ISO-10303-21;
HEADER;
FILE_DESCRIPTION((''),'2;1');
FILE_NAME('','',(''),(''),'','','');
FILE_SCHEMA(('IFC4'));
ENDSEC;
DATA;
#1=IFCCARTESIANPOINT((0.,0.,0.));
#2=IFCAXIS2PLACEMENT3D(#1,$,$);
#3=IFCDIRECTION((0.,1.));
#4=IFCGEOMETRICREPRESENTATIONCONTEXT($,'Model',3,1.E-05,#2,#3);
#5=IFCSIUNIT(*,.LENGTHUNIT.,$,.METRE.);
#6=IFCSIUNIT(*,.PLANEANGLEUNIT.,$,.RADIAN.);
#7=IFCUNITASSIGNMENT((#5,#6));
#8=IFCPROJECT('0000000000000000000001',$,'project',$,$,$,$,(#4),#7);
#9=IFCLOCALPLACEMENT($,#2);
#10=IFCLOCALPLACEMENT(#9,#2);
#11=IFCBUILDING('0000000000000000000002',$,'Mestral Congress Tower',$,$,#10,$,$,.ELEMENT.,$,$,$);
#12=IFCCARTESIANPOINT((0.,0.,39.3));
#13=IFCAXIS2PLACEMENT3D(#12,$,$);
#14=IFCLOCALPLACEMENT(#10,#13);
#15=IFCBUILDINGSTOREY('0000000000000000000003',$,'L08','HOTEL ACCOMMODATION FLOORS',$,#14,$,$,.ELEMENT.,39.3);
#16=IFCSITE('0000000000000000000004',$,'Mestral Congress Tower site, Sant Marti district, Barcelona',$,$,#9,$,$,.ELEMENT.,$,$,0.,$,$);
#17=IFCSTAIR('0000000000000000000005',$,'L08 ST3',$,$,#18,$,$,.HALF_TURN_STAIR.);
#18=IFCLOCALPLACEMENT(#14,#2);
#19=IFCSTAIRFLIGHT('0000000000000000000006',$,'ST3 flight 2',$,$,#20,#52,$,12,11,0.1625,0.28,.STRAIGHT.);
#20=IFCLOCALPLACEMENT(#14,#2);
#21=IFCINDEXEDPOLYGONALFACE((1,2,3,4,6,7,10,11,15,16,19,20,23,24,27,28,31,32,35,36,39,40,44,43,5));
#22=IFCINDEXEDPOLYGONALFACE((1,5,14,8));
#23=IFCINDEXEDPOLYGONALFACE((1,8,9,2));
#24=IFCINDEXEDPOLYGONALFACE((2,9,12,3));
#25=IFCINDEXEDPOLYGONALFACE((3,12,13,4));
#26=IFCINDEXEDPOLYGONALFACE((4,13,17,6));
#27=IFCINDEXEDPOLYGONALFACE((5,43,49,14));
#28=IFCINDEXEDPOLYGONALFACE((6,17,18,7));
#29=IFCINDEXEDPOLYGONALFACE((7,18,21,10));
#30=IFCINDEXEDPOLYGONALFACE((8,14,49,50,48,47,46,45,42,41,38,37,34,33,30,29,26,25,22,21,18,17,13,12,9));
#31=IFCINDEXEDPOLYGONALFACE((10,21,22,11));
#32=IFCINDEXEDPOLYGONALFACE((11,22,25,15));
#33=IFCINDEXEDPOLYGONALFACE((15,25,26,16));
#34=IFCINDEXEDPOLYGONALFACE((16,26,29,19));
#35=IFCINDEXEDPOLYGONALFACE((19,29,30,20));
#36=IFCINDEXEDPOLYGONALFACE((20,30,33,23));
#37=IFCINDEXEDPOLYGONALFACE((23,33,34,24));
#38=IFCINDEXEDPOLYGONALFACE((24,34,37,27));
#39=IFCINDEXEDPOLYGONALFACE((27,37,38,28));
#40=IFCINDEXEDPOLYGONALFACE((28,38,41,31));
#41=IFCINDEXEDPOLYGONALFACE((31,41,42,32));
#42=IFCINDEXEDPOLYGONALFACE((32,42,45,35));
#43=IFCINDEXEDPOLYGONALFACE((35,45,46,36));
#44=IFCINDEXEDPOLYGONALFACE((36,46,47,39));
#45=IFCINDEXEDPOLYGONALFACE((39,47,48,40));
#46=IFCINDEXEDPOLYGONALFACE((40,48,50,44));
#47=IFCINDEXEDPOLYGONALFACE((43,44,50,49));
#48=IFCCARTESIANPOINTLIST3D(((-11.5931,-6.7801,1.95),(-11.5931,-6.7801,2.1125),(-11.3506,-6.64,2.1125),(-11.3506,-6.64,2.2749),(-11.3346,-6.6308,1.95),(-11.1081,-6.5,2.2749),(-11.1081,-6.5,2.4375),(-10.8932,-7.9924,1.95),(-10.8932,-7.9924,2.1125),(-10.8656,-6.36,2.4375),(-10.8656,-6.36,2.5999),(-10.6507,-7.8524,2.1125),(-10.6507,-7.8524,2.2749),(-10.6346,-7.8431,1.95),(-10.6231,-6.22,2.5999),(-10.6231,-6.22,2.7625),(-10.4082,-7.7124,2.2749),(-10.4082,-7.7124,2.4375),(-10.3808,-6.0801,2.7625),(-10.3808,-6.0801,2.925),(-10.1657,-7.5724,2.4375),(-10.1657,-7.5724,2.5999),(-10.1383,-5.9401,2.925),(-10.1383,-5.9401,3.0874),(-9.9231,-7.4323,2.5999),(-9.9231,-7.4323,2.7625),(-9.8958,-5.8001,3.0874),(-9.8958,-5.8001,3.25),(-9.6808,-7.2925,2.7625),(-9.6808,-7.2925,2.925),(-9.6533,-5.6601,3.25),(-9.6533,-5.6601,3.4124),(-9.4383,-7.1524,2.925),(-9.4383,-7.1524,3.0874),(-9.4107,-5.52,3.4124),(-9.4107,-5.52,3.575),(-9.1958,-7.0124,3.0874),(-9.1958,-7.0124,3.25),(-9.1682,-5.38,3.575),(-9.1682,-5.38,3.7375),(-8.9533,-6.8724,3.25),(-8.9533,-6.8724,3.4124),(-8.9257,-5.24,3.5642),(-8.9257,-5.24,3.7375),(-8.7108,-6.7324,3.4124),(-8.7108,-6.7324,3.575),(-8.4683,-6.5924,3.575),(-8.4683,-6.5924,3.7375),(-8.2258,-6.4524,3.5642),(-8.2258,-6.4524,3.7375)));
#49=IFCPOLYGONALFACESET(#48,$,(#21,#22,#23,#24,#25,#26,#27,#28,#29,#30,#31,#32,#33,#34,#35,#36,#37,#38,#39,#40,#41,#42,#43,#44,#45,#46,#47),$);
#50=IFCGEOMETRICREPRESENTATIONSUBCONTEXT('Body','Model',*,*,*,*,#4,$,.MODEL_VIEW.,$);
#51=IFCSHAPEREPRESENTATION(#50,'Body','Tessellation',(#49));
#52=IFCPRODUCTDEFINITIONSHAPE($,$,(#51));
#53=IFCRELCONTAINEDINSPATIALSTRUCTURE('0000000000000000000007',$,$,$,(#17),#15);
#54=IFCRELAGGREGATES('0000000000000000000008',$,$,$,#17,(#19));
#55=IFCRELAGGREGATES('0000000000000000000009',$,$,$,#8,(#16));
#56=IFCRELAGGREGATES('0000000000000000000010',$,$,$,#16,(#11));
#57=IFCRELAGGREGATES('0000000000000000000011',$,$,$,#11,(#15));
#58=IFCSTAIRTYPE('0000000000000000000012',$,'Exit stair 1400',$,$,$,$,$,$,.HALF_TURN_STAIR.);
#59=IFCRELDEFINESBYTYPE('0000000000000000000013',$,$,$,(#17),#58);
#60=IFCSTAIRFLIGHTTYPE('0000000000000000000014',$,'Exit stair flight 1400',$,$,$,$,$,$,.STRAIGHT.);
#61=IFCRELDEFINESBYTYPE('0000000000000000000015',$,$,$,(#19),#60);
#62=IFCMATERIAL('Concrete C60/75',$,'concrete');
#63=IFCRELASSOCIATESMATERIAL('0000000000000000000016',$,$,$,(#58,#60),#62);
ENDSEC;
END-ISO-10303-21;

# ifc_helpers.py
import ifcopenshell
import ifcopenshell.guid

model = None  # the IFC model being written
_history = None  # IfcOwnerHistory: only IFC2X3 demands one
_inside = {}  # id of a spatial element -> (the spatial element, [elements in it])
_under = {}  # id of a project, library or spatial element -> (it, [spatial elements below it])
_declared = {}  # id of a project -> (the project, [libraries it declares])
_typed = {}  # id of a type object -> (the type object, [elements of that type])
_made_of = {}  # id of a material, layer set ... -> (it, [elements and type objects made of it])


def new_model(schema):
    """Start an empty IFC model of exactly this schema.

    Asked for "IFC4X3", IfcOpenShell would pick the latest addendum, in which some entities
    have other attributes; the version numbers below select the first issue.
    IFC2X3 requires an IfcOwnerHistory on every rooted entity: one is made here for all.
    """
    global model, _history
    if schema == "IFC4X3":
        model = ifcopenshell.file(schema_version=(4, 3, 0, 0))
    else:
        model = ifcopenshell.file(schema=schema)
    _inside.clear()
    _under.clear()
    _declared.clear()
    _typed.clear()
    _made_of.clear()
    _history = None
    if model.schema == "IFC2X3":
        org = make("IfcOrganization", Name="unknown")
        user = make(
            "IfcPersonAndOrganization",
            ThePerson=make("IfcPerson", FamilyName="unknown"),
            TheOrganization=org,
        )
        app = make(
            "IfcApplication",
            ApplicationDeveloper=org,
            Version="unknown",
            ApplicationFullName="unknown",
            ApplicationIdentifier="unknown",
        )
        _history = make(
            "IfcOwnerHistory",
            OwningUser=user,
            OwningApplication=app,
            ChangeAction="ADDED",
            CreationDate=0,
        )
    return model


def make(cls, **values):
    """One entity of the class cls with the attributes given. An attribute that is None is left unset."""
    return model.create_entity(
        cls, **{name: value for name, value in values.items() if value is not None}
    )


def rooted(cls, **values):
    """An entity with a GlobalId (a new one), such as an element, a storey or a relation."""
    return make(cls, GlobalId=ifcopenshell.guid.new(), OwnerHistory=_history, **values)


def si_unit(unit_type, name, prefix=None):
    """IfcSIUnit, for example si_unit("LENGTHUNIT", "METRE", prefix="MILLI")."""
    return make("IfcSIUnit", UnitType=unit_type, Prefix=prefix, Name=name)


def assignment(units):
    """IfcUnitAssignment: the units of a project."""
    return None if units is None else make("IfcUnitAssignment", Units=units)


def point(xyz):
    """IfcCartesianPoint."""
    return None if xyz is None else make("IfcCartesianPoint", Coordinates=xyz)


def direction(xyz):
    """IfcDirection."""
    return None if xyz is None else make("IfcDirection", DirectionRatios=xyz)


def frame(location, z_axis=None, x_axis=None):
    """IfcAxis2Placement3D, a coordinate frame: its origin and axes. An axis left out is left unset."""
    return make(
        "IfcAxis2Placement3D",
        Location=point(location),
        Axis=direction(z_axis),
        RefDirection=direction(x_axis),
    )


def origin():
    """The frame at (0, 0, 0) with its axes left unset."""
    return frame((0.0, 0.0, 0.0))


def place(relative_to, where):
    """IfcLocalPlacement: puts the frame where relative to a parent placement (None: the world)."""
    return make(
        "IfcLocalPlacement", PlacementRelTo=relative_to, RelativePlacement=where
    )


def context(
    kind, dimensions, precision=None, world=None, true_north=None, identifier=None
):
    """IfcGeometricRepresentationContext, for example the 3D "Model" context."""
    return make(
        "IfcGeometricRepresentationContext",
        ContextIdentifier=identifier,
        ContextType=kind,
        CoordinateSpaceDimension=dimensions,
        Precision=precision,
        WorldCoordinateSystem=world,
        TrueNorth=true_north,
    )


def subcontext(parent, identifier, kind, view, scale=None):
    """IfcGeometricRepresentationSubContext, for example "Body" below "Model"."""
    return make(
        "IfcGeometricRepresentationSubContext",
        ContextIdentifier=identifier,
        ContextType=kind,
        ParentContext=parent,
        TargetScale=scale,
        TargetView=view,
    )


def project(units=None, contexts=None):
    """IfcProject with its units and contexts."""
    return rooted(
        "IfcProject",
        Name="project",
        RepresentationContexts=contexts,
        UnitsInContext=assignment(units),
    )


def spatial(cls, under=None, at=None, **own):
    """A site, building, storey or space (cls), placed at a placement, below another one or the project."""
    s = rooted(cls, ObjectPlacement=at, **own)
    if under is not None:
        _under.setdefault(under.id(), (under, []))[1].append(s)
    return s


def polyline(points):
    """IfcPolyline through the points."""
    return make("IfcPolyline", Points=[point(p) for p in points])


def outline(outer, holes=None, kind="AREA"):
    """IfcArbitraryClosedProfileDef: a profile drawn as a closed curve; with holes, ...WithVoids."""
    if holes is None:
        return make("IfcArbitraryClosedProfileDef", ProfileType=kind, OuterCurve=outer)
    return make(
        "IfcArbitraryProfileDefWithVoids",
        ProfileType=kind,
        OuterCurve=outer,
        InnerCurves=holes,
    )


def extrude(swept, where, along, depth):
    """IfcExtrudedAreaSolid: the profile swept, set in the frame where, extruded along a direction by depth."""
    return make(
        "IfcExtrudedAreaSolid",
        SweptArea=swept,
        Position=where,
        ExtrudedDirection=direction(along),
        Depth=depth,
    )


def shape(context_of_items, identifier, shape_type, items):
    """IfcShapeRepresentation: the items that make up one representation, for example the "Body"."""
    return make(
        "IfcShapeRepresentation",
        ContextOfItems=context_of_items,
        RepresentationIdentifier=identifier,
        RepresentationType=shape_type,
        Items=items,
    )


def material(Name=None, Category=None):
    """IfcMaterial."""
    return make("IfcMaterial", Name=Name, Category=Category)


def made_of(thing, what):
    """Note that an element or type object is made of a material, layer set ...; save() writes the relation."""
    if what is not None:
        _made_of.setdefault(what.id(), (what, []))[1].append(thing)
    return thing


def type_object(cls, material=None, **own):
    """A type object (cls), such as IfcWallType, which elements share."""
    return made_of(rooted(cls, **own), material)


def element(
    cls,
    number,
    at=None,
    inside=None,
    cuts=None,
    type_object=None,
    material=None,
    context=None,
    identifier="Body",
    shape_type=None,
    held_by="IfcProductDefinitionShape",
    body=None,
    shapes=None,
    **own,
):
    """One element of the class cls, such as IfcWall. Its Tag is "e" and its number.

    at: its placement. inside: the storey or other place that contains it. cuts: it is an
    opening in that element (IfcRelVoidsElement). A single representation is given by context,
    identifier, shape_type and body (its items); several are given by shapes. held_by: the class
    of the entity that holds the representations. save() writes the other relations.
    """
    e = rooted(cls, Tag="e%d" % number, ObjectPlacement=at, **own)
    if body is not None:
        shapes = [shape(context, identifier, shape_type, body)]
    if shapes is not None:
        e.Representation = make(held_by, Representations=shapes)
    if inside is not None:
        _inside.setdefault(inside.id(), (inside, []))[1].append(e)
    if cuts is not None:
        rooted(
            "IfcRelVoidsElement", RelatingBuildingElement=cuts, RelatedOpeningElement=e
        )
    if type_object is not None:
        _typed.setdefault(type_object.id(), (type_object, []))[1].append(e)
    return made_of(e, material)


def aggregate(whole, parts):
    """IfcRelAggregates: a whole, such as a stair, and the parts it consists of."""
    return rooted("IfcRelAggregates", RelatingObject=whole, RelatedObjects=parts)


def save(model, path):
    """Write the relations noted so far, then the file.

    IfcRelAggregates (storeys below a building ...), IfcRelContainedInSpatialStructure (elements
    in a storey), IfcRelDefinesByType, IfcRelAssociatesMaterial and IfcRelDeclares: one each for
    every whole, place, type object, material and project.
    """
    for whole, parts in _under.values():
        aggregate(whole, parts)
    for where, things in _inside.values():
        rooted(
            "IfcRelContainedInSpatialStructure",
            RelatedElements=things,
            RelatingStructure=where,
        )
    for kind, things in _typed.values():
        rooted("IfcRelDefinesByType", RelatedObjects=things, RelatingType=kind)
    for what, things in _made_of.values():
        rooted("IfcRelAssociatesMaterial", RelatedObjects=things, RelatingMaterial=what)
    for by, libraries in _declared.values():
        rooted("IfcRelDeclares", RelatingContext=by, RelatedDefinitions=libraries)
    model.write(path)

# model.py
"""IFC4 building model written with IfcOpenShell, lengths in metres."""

from ifc_helpers import new_model, si_unit, direction, frame, origin, place, context, subcontext, project, spatial, polyline, outline, extrude, material, type_object, element, aggregate, save


model = new_model("IFC4")

# Units and contexts
model_context = context("Model", 3, precision=1e-05, world=origin(), true_north=direction((0.0, 1.0)))
body_context = subcontext(model_context, "Body", "Model", "MODEL_VIEW")
ifc_project = project(units=[si_unit("LENGTHUNIT", "METRE"), si_unit("PLANEANGLEUNIT", "RADIAN")], contexts=[model_context])

# Site, building, storey
site_placement = place(None, origin())
site = spatial("IfcSite", under=ifc_project, at=site_placement, Name="Mestral Congress Tower site, Sant Marti district, Barcelona", CompositionType="ELEMENT", RefElevation=0.0)
building_placement = place(site_placement, origin())
building = spatial("IfcBuilding", under=site, at=building_placement, Name="Mestral Congress Tower", CompositionType="ELEMENT")
storey_placement = place(building_placement, frame((0.0, 0.0, 39.3)))
storey = spatial("IfcBuildingStorey", under=building, at=storey_placement, Name="L08", Description="HOTEL ACCOMMODATION FLOORS", CompositionType="ELEMENT", Elevation=39.3)

# Shared definitions
ifc_material_1 = material(Name="Concrete C60/75", Category="concrete")

# Stair, stair flight
stair_type = type_object("IfcStairType", Name="Exit stair 1400", PredefinedType="HALF_TURN_STAIR", material=ifc_material_1)
stair_placement = place(storey_placement, origin())
stair = element("IfcStair", 1, at=stair_placement, inside=storey, type_object=stair_type, Name="L08 ST3", PredefinedType="HALF_TURN_STAIR")
stair_flight_type = type_object("IfcStairFlightType", Name="Exit stair flight 1400", PredefinedType="STRAIGHT", material=ifc_material_1)
stair_flight_1_placement = place(storey_placement, frame((-11.2432, -7.3862, 1.95), z_axis=(0.0, 0.0, 1.0), x_axis=(0.866025, 0.5, 0.0)))
stair_flight_1 = element("IfcStairFlight", 2, at=stair_flight_1_placement, type_object=stair_flight_type, Name="ST3 flight 2", NumberOfRisers=12, NumberOfTreads=11, PredefinedType="STRAIGHT", RiserHeight=0.1625, TreadLength=0.28, context=body_context, shape_type="SweptSolid", body=[
    extrude(outline(polyline([(0.0, 0.0), (0.0, 0.1626), (0.28, 0.1626), (0.28, 0.325), (0.5601, 0.325), (0.5601, 0.4875), (0.8401, 0.4875), (0.8401, 0.6499), (1.1201, 0.6499), (1.1201, 0.8125), (1.3999, 0.8125), (1.3999, 0.9751), (1.6799, 0.9751), (1.6799, 1.1375), (1.96, 1.1375), (1.96, 1.3), (2.24, 1.3), (2.24, 1.4624), (2.52, 1.4624), (2.52, 1.625), (2.8, 1.625), (2.8, 1.7876), (3.0801, 1.7876), (3.0801, 1.95), (3.0801, 1.6143), (0.2986, 0.0), (0.0, 0.0)])), frame((0.0, 0.7, 0.0), z_axis=(0.0, -1.0, 0.0), x_axis=(1.0, 0.0, 0.0)), (0.0, 0.0, 1.0), 1.3999),
])
aggregate(stair, [stair_flight_1])

save(model, "model.ifc")
